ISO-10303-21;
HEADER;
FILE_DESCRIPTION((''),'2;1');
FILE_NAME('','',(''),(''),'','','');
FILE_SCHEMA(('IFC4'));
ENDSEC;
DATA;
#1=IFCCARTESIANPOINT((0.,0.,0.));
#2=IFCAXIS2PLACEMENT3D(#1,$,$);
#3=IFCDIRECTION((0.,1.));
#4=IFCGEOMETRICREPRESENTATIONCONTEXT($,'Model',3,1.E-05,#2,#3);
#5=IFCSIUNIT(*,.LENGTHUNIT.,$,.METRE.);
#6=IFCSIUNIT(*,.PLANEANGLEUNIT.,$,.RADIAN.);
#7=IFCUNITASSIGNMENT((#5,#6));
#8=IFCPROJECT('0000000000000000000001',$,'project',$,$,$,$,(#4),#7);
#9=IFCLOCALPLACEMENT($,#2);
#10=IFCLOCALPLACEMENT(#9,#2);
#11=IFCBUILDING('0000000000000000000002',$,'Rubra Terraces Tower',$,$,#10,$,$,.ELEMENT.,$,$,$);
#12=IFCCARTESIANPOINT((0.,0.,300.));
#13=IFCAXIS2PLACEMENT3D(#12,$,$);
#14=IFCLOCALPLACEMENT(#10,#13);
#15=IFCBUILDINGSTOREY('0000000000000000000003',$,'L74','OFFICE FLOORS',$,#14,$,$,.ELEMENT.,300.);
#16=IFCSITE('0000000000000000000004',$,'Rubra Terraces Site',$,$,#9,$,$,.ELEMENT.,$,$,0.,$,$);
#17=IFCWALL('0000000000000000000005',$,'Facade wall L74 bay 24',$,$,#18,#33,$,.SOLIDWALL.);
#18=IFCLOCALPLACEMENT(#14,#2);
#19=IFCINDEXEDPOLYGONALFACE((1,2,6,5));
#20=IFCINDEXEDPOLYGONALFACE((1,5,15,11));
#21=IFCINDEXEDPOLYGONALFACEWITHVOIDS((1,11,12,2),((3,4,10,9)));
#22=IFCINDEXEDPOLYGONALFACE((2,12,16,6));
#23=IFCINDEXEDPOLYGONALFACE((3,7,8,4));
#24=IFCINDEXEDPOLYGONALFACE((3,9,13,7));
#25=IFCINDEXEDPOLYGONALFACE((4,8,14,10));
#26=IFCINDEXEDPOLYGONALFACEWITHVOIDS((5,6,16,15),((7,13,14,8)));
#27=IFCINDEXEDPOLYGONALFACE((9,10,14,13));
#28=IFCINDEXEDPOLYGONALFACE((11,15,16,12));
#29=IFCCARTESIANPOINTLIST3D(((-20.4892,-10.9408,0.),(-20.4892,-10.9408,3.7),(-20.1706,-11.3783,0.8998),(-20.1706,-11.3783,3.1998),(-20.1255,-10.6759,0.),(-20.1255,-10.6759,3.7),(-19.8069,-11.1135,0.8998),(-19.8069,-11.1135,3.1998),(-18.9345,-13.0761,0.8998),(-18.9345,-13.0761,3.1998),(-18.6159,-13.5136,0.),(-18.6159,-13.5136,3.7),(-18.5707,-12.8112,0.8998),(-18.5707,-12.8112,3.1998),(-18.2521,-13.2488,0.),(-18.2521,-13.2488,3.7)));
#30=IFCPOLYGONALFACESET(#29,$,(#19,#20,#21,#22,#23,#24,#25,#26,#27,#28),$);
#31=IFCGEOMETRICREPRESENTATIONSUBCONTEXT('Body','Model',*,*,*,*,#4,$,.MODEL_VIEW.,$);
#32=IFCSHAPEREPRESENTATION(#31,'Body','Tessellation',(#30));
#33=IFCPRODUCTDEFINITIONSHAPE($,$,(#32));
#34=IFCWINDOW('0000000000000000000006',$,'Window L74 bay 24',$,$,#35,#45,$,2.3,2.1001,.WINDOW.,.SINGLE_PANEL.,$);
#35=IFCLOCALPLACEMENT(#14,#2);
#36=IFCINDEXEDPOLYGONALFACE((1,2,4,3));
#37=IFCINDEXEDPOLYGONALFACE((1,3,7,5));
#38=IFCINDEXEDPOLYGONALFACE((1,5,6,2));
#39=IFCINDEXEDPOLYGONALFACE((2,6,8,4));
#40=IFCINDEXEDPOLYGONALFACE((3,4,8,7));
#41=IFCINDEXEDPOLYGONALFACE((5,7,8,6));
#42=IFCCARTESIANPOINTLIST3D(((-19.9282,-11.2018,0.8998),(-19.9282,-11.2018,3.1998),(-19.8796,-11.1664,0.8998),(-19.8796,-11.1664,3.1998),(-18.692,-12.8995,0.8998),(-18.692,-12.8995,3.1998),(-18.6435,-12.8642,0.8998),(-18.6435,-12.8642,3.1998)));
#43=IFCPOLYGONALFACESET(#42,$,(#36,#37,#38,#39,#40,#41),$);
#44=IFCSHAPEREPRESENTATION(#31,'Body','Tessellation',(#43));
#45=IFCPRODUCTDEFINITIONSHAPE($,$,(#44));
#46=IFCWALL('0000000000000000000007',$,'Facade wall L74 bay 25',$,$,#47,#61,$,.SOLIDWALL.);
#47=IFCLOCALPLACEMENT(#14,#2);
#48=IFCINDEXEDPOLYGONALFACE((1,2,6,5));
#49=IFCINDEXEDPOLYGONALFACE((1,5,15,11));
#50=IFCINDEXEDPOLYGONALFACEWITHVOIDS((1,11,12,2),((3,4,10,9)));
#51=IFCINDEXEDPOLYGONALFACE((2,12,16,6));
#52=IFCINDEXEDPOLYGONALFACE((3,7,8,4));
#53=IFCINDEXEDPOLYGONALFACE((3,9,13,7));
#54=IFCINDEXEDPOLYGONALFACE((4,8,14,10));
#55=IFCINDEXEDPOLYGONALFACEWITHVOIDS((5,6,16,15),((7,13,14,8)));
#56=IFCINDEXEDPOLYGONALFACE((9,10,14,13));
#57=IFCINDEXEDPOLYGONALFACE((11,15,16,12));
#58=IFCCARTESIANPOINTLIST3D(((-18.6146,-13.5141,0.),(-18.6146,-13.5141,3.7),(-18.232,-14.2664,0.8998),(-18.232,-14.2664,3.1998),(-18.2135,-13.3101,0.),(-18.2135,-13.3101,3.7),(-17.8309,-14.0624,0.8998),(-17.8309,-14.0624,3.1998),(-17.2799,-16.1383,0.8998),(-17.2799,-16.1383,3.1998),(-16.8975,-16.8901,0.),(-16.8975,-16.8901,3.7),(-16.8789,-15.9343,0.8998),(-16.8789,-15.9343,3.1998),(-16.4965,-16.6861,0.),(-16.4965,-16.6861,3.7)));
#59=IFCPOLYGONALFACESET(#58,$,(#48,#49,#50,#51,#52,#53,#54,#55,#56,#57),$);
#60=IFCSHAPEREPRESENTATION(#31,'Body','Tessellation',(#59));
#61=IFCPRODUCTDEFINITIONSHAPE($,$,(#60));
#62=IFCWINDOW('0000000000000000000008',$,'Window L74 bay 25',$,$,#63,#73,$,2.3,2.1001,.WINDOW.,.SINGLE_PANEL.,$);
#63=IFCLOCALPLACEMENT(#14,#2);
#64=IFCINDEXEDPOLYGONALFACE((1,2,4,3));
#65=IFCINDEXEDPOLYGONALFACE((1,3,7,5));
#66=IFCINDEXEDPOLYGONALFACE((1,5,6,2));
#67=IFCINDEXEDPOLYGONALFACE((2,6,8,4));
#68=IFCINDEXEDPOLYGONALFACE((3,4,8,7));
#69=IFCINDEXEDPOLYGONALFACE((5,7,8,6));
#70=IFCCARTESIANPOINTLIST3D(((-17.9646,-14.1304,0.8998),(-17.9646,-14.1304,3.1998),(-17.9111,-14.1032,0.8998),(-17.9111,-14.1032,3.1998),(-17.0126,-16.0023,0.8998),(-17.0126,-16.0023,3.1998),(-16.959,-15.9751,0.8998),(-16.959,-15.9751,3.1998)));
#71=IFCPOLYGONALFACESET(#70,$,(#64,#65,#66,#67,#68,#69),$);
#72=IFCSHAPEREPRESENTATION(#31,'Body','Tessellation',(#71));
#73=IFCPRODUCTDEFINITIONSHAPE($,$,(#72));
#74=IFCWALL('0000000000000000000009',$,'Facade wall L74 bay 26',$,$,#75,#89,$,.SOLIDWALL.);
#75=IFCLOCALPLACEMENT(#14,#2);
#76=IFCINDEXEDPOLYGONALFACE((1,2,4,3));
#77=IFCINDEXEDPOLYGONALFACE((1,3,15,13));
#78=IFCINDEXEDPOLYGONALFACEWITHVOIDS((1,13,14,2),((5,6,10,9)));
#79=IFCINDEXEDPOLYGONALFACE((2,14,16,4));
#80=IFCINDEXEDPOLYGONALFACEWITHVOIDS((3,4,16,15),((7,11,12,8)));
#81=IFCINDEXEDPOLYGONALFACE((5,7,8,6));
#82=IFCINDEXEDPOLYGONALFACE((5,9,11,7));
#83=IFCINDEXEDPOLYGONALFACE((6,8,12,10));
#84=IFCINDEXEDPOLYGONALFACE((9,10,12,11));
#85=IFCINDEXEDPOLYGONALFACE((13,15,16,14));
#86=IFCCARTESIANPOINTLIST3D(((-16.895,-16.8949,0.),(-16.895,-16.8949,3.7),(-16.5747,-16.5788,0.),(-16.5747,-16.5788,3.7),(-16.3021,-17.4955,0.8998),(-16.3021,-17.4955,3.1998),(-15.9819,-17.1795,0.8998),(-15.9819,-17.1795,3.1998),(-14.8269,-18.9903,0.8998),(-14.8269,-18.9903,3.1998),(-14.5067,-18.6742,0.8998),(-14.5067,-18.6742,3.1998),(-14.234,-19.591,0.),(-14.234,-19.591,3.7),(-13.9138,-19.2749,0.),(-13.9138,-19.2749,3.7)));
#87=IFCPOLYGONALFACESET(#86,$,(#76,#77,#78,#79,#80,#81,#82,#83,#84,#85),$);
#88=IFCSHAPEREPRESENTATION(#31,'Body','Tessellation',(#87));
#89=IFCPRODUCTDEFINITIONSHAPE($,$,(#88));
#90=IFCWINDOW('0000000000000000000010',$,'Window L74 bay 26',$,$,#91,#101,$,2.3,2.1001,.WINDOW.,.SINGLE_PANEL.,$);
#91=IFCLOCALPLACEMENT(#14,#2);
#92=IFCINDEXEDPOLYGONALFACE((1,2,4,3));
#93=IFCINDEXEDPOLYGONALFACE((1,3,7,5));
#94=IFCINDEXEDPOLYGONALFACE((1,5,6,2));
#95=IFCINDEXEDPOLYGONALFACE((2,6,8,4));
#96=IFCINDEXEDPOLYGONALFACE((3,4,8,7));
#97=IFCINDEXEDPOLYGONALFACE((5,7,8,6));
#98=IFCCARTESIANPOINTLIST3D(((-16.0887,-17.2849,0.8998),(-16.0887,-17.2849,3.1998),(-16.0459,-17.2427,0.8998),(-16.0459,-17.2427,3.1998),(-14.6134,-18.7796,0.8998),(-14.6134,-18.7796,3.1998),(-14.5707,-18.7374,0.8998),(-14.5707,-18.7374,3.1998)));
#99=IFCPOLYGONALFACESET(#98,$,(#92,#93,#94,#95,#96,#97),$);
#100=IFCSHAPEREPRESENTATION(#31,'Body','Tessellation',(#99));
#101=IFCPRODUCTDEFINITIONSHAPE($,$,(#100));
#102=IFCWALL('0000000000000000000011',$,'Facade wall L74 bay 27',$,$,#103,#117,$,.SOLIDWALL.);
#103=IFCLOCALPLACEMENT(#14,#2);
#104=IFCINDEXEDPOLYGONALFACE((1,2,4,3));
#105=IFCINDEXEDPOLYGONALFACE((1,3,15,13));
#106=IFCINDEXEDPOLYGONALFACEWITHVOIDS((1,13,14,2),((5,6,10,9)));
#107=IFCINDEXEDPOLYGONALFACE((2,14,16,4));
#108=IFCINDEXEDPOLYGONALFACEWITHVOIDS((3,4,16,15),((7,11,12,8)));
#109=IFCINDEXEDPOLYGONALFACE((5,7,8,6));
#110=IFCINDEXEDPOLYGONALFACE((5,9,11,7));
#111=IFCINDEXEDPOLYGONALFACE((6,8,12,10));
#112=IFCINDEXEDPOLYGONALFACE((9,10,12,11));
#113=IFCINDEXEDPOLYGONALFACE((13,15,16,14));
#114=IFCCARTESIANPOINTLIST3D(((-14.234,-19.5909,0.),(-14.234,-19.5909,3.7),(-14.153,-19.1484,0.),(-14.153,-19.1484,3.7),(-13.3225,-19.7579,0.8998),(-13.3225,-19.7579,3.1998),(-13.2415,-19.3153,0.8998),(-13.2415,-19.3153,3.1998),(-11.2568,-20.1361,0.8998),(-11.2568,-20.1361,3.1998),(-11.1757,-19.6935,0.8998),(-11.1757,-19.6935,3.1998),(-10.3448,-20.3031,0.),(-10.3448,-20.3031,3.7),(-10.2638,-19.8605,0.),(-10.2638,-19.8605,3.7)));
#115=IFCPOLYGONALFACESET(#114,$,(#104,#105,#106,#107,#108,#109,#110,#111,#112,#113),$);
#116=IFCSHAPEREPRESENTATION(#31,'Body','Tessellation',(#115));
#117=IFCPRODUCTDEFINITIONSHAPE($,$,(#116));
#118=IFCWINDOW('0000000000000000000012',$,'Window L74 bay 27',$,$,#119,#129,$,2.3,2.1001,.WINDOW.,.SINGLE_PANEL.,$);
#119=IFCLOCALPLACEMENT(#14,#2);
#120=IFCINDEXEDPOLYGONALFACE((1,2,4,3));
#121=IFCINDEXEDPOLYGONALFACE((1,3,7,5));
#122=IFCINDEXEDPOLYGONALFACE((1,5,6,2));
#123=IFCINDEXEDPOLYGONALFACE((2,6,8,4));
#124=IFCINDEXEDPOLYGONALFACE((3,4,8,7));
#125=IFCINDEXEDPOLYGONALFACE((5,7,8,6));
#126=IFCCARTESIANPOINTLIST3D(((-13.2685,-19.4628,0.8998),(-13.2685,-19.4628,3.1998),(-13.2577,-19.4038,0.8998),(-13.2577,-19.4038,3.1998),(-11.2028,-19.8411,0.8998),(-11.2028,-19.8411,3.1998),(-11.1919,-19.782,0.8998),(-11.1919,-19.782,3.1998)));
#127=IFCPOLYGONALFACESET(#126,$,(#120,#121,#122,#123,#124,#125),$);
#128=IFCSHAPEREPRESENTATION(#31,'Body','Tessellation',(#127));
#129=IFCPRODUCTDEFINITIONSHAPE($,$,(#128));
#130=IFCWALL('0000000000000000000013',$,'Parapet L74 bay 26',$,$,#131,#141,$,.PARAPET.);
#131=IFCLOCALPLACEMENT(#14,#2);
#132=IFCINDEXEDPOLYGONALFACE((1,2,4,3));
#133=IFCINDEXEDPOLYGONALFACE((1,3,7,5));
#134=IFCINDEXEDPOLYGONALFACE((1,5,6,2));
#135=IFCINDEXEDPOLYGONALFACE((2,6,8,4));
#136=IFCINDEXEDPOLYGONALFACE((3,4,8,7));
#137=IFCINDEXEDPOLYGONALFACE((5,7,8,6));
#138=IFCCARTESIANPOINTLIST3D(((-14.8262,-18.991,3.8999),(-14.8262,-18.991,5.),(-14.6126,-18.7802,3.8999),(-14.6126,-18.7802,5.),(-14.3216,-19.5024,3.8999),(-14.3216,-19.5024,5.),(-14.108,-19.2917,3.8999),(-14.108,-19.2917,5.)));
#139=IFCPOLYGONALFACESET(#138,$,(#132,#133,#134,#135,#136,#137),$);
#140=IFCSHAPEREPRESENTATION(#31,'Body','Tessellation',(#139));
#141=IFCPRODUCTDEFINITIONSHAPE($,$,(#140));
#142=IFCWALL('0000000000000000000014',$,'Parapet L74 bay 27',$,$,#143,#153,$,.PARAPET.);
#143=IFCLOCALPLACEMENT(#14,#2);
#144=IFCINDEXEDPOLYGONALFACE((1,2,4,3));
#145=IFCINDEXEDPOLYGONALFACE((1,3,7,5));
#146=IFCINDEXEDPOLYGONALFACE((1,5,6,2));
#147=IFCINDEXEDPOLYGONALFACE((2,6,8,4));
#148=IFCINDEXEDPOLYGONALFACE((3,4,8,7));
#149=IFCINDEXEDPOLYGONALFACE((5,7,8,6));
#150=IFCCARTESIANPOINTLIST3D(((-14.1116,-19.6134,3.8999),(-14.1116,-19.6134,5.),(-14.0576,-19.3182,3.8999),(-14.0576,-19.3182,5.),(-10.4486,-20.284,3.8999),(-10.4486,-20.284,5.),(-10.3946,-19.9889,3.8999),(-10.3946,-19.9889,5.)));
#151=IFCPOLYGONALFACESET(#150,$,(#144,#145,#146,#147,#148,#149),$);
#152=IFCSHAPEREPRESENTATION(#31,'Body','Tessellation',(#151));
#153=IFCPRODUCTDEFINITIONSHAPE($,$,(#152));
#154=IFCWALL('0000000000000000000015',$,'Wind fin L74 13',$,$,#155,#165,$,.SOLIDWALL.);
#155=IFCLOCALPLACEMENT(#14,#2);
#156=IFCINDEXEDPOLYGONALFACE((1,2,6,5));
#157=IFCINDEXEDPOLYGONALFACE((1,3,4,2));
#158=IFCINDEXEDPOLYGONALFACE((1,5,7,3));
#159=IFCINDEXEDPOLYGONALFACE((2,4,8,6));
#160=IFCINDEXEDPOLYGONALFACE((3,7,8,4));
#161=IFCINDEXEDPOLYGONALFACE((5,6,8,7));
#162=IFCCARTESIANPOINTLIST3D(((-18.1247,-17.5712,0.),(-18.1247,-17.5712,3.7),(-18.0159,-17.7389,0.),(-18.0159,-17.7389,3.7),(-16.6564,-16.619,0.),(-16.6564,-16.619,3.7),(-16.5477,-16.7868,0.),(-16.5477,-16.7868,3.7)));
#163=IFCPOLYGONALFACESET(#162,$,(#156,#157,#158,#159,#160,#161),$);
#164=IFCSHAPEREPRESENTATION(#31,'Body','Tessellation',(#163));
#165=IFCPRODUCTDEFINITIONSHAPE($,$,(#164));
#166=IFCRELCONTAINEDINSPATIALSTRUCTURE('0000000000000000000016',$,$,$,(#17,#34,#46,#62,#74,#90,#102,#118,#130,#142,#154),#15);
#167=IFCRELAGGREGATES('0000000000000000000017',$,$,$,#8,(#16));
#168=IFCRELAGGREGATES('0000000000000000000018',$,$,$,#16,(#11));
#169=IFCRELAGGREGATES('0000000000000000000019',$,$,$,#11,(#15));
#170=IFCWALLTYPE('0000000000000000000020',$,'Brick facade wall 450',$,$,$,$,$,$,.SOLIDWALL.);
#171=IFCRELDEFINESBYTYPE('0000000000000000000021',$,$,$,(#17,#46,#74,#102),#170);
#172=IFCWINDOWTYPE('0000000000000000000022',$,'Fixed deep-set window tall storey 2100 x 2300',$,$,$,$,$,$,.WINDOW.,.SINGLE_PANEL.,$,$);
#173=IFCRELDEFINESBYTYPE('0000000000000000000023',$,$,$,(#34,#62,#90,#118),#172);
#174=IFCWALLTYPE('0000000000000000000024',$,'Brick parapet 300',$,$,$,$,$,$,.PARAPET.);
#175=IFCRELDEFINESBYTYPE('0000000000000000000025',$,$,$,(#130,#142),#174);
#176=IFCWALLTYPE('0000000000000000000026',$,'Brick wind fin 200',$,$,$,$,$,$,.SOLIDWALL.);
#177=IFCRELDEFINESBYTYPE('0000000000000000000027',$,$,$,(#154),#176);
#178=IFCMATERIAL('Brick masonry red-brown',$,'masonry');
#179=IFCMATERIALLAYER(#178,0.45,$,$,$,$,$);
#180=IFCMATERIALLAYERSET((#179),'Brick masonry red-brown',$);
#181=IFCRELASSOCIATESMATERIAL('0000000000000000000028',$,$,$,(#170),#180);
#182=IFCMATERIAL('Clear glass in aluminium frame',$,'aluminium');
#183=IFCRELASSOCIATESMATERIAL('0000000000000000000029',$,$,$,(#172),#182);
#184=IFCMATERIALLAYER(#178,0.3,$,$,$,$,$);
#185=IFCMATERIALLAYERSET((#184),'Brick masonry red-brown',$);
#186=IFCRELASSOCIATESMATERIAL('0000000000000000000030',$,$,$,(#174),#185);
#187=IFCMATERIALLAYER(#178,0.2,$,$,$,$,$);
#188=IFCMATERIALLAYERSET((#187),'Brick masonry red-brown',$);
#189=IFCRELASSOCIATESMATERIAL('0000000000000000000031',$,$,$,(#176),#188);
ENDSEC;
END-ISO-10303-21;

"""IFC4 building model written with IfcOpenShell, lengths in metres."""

from ifc_helpers import new_model, si_unit, direction, frame, frame_2d, origin, place, context, subcontext, project, spatial, rectangle, extrude, material, layer, layer_set, type_object, element, fill, save


model = new_model("IFC4")

# Units and contexts
model_context = context("Model", 3, precision=1e-05, world=origin(), true_north=direction((0.0, 1.0)))
body_context = subcontext(model_context, "Body", "Model", "MODEL_VIEW")
ifc_project = project(units=[si_unit("LENGTHUNIT", "METRE"), si_unit("PLANEANGLEUNIT", "RADIAN")], contexts=[model_context])

# Site, building, storey
site_placement = place(None, origin())
site = spatial("IfcSite", under=ifc_project, at=site_placement, Name="Rubra Terraces Site", CompositionType="ELEMENT", RefElevation=0.0)
building_placement = place(site_placement, origin())
building = spatial("IfcBuilding", under=site, at=building_placement, Name="Rubra Terraces Tower", CompositionType="ELEMENT")
storey_placement = place(building_placement, frame((0.0, 0.0, 300.0)))
storey = spatial("IfcBuildingStorey", under=building, at=storey_placement, Name="L74", Description="OFFICE FLOORS", CompositionType="ELEMENT", Elevation=300.0)

# Walls, openings, windows
ifc_material_1 = material(Name="Brick masonry red-brown", Category="masonry")
ifc_layer_1 = layer(ifc_material_1, 0.45)
ifc_layer_set_1 = layer_set([ifc_layer_1], Name="Brick masonry red-brown")
wall_type_1 = type_object("IfcWallType", Name="Brick facade wall 450", PredefinedType="SOLIDWALL", material=ifc_layer_set_1)
wall_1_placement = place(storey_placement, frame((-20.3074, -10.8083, 0.0), z_axis=(0.0, 0.0, 1.0), x_axis=(0.588623, -0.808408, 0.0)))
wall_1 = element("IfcWall", 1, at=wall_1_placement, inside=storey, type_object=wall_type_1, Name="Facade wall L74 bay 24", PredefinedType="SOLIDWALL", context=body_context, shape_type="SweptSolid", body=[
    extrude(rectangle(XDim=3.1826, YDim=0.45, at=frame_2d((1.5913, 0.0))), origin(), (0.0, 0.0, 1.0), 3.7),
])
opening_1_placement = place(wall_1_placement, frame((0.5413, 0.0, 0.8999)))
opening_1 = element("IfcOpeningElement", 2, at=opening_1_placement, cuts=wall_1, PredefinedType="OPENING", context=body_context, shape_type="SweptSolid", body=[
    extrude(rectangle(XDim=2.1001, YDim=2.3, at=frame_2d((1.05, 1.1499))), frame((0.0, 0.2349, 0.0), z_axis=(0.0, -1.0, 0.0), x_axis=(1.0, 0.0, 0.0)), (0.0, 0.0, 1.0), 0.47),
])
ifc_material_2 = material(Name="Clear glass in aluminium frame", Category="aluminium")
window_type = type_object("IfcWindowType", Name="Fixed deep-set window tall storey 2100 x 2300", PartitioningType="SINGLE_PANEL", PredefinedType="WINDOW", material=ifc_material_2)
window_1_placement = place(opening_1_placement, origin())
window_1 = element("IfcWindow", 3, at=window_1_placement, inside=storey, type_object=window_type, Name="Window L74 bay 24", OverallHeight=2.3, OverallWidth=2.1001, PartitioningType="SINGLE_PANEL", PredefinedType="WINDOW", context=body_context, shape_type="SweptSolid", body=[
    extrude(rectangle(XDim=2.1001, YDim=2.3, at=frame_2d((1.05, 1.1499))), frame((0.0, 0.135, 0.0), z_axis=(0.0, -1.0, 0.0), x_axis=(1.0, 0.0, 0.0)), (0.0, 0.0, 1.0), 0.0601),
])
fill(opening_1, window_1)
wall_2_placement = place(storey_placement, frame((-18.4141, -13.4121, 0.0), z_axis=(0.0, 0.0, 1.0), x_axis=(0.45334, -0.891338, 0.0)))
wall_2 = element("IfcWall", 4, at=wall_2_placement, inside=storey, type_object=wall_type_1, Name="Facade wall L74 bay 25", PredefinedType="SOLIDWALL", context=body_context, shape_type="SweptSolid", body=[
    extrude(rectangle(XDim=3.7876, YDim=0.45, at=frame_2d((1.8938, 0.0))), origin(), (0.0, 0.0, 1.0), 3.7),
])
opening_2_placement = place(wall_2_placement, frame((0.844, 0.0, 0.8999)))
opening_2 = element("IfcOpeningElement", 5, at=opening_2_placement, cuts=wall_2, PredefinedType="OPENING", context=body_context, shape_type="SweptSolid", body=[
    extrude(rectangle(XDim=2.1001, YDim=2.3, at=frame_2d((1.05, 1.1499))), frame((0.0, 0.2349, 0.0), z_axis=(0.0, -1.0, 0.0), x_axis=(1.0, 0.0, 0.0)), (0.0, 0.0, 1.0), 0.47),
])
window_2_placement = place(opening_2_placement, origin())
window_2 = element("IfcWindow", 6, at=window_2_placement, inside=storey, type_object=window_type, Name="Window L74 bay 25", OverallHeight=2.3, OverallWidth=2.1001, PartitioningType="SINGLE_PANEL", PredefinedType="WINDOW", context=body_context, shape_type="SweptSolid", body=[
    extrude(rectangle(XDim=2.1001, YDim=2.3, at=frame_2d((1.05, 1.1499))), frame((0.0, 0.135, 0.0), z_axis=(0.0, -1.0, 0.0), x_axis=(1.0, 0.0, 0.0)), (0.0, 0.0, 1.0), 0.0601),
])
fill(opening_2, window_2)
wall_3_placement = place(storey_placement, frame((-16.7349, -16.7368, 0.0), z_axis=(0.0, 0.0, 1.0), x_axis=(0.702451, -0.711732, 0.0)))
wall_3 = element("IfcWall", 7, at=wall_3_placement, inside=storey, type_object=wall_type_1, Name="Facade wall L74 bay 26", PredefinedType="SOLIDWALL", context=body_context, shape_type="SweptSolid", body=[
    extrude(rectangle(XDim=3.7881, YDim=0.45, at=frame_2d((1.894, 0.0))), origin(), (0.0, 0.0, 1.0), 3.7),
])
opening_3_placement = place(wall_3_placement, frame((0.844, 0.0, 0.8999)))
opening_3 = element("IfcOpeningElement", 8, at=opening_3_placement, cuts=wall_3, PredefinedType="OPENING", context=body_context, shape_type="SweptSolid", body=[
    extrude(rectangle(XDim=2.1001, YDim=2.3, at=frame_2d((1.05, 1.1499))), frame((0.0, 0.2349, 0.0), z_axis=(0.0, -1.0, 0.0), x_axis=(1.0, 0.0, 0.0)), (0.0, 0.0, 1.0), 0.47),
])
window_3_placement = place(opening_3_placement, origin())
window_3 = element("IfcWindow", 9, at=window_3_placement, inside=storey, type_object=window_type, Name="Window L74 bay 26", OverallHeight=2.3, OverallWidth=2.1001, PartitioningType="SINGLE_PANEL", PredefinedType="WINDOW", context=body_context, shape_type="SweptSolid", body=[
    extrude(rectangle(XDim=2.1001, YDim=2.3, at=frame_2d((1.05, 1.1499))), frame((0.0, 0.135, 0.0), z_axis=(0.0, -1.0, 0.0), x_axis=(1.0, 0.0, 0.0)), (0.0, 0.0, 1.0), 0.0601),
])
fill(opening_3, window_3)
wall_4_placement = place(storey_placement, frame((-14.1936, -19.3696, 0.0), z_axis=(0.0, 0.0, 1.0), x_axis=(0.983645, -0.180119, 0.0)))
wall_4 = element("IfcWall", 10, at=wall_4_placement, inside=storey, type_object=wall_type_1, Name="Facade wall L74 bay 27", PredefinedType="SOLIDWALL", context=body_context, shape_type="SweptSolid", body=[
    extrude(rectangle(XDim=3.9539, YDim=0.45, at=frame_2d((1.9771, 0.0))), origin(), (0.0, 0.0, 1.0), 3.7),
])
opening_4_placement = place(wall_4_placement, frame((0.9268, 0.0, 0.8999)))
opening_4 = element("IfcOpeningElement", 11, at=opening_4_placement, cuts=wall_4, PredefinedType="OPENING", context=body_context, shape_type="SweptSolid", body=[
    extrude(rectangle(XDim=2.1001, YDim=2.3, at=frame_2d((1.05, 1.1499))), frame((0.0, 0.2349, 0.0), z_axis=(0.0, -1.0, 0.0), x_axis=(1.0, 0.0, 0.0)), (0.0, 0.0, 1.0), 0.47),
])
window_4_placement = place(opening_4_placement, origin())
window_4 = element("IfcWindow", 12, at=window_4_placement, inside=storey, type_object=window_type, Name="Window L74 bay 27", OverallHeight=2.3, OverallWidth=2.1001, PartitioningType="SINGLE_PANEL", PredefinedType="WINDOW", context=body_context, shape_type="SweptSolid", body=[
    extrude(rectangle(XDim=2.1001, YDim=2.3, at=frame_2d((1.05, 1.1499))), frame((0.0, 0.135, 0.0), z_axis=(0.0, -1.0, 0.0), x_axis=(1.0, 0.0, 0.0)), (0.0, 0.0, 1.0), 0.0601),
])
fill(opening_4, window_4)

# Walls
ifc_layer_2 = layer(ifc_material_1, 0.3)
ifc_layer_set_2 = layer_set([ifc_layer_2], Name="Brick masonry red-brown")
wall_type_2 = type_object("IfcWallType", Name="Brick parapet 300", PredefinedType="PARAPET", material=ifc_layer_set_2)
wall_5_placement = place(storey_placement, frame((-14.7195, -18.8855, 3.8999), z_axis=(0.0, 0.0, 1.0), x_axis=(0.702334, -0.711848, 0.0)))
element("IfcWall", 13, at=wall_5_placement, inside=storey, type_object=wall_type_2, Name="Parapet L74 bay 26", PredefinedType="PARAPET", context=body_context, shape_type="SweptSolid", body=[
    extrude(rectangle(XDim=0.7185, YDim=0.3, at=frame_2d((0.3594, 0.0))), origin(), (0.0, 0.0, 1.0), 1.1001),
])
wall_6_placement = place(storey_placement, frame((-14.0845, -19.4658, 3.8999), z_axis=(0.0, 0.0, 1.0), x_axis=(0.98365, -0.180091, 0.0)))
element("IfcWall", 14, at=wall_6_placement, inside=storey, type_object=wall_type_2, Name="Parapet L74 bay 27", PredefinedType="PARAPET", context=body_context, shape_type="SweptSolid", body=[
    extrude(rectangle(XDim=3.7239, YDim=0.3, at=frame_2d((1.8618, 0.0))), origin(), (0.0, 0.0, 1.0), 1.1001),
])
ifc_layer_3 = layer(ifc_material_1, 0.2)
ifc_layer_set_3 = layer_set([ifc_layer_3], Name="Brick masonry red-brown")
wall_type_3 = type_object("IfcWallType", Name="Brick wind fin 200", PredefinedType="SOLIDWALL", material=ifc_layer_set_3)
wall_7_placement = place(storey_placement, frame((-16.6021, -16.7029, 0.0), z_axis=(0.0, 0.0, 1.0), x_axis=(-0.839023, -0.544096, 0.0)))
element("IfcWall", 15, at=wall_7_placement, inside=storey, type_object=wall_type_3, Name="Wind fin L74 13", PredefinedType="SOLIDWALL", context=body_context, shape_type="SweptSolid", body=[
    extrude(rectangle(XDim=1.75, YDim=0.2, at=frame_2d((0.875, 0.0))), origin(), (0.0, 0.0, 1.0), 3.7),
])

save(model, "model.ifc")
